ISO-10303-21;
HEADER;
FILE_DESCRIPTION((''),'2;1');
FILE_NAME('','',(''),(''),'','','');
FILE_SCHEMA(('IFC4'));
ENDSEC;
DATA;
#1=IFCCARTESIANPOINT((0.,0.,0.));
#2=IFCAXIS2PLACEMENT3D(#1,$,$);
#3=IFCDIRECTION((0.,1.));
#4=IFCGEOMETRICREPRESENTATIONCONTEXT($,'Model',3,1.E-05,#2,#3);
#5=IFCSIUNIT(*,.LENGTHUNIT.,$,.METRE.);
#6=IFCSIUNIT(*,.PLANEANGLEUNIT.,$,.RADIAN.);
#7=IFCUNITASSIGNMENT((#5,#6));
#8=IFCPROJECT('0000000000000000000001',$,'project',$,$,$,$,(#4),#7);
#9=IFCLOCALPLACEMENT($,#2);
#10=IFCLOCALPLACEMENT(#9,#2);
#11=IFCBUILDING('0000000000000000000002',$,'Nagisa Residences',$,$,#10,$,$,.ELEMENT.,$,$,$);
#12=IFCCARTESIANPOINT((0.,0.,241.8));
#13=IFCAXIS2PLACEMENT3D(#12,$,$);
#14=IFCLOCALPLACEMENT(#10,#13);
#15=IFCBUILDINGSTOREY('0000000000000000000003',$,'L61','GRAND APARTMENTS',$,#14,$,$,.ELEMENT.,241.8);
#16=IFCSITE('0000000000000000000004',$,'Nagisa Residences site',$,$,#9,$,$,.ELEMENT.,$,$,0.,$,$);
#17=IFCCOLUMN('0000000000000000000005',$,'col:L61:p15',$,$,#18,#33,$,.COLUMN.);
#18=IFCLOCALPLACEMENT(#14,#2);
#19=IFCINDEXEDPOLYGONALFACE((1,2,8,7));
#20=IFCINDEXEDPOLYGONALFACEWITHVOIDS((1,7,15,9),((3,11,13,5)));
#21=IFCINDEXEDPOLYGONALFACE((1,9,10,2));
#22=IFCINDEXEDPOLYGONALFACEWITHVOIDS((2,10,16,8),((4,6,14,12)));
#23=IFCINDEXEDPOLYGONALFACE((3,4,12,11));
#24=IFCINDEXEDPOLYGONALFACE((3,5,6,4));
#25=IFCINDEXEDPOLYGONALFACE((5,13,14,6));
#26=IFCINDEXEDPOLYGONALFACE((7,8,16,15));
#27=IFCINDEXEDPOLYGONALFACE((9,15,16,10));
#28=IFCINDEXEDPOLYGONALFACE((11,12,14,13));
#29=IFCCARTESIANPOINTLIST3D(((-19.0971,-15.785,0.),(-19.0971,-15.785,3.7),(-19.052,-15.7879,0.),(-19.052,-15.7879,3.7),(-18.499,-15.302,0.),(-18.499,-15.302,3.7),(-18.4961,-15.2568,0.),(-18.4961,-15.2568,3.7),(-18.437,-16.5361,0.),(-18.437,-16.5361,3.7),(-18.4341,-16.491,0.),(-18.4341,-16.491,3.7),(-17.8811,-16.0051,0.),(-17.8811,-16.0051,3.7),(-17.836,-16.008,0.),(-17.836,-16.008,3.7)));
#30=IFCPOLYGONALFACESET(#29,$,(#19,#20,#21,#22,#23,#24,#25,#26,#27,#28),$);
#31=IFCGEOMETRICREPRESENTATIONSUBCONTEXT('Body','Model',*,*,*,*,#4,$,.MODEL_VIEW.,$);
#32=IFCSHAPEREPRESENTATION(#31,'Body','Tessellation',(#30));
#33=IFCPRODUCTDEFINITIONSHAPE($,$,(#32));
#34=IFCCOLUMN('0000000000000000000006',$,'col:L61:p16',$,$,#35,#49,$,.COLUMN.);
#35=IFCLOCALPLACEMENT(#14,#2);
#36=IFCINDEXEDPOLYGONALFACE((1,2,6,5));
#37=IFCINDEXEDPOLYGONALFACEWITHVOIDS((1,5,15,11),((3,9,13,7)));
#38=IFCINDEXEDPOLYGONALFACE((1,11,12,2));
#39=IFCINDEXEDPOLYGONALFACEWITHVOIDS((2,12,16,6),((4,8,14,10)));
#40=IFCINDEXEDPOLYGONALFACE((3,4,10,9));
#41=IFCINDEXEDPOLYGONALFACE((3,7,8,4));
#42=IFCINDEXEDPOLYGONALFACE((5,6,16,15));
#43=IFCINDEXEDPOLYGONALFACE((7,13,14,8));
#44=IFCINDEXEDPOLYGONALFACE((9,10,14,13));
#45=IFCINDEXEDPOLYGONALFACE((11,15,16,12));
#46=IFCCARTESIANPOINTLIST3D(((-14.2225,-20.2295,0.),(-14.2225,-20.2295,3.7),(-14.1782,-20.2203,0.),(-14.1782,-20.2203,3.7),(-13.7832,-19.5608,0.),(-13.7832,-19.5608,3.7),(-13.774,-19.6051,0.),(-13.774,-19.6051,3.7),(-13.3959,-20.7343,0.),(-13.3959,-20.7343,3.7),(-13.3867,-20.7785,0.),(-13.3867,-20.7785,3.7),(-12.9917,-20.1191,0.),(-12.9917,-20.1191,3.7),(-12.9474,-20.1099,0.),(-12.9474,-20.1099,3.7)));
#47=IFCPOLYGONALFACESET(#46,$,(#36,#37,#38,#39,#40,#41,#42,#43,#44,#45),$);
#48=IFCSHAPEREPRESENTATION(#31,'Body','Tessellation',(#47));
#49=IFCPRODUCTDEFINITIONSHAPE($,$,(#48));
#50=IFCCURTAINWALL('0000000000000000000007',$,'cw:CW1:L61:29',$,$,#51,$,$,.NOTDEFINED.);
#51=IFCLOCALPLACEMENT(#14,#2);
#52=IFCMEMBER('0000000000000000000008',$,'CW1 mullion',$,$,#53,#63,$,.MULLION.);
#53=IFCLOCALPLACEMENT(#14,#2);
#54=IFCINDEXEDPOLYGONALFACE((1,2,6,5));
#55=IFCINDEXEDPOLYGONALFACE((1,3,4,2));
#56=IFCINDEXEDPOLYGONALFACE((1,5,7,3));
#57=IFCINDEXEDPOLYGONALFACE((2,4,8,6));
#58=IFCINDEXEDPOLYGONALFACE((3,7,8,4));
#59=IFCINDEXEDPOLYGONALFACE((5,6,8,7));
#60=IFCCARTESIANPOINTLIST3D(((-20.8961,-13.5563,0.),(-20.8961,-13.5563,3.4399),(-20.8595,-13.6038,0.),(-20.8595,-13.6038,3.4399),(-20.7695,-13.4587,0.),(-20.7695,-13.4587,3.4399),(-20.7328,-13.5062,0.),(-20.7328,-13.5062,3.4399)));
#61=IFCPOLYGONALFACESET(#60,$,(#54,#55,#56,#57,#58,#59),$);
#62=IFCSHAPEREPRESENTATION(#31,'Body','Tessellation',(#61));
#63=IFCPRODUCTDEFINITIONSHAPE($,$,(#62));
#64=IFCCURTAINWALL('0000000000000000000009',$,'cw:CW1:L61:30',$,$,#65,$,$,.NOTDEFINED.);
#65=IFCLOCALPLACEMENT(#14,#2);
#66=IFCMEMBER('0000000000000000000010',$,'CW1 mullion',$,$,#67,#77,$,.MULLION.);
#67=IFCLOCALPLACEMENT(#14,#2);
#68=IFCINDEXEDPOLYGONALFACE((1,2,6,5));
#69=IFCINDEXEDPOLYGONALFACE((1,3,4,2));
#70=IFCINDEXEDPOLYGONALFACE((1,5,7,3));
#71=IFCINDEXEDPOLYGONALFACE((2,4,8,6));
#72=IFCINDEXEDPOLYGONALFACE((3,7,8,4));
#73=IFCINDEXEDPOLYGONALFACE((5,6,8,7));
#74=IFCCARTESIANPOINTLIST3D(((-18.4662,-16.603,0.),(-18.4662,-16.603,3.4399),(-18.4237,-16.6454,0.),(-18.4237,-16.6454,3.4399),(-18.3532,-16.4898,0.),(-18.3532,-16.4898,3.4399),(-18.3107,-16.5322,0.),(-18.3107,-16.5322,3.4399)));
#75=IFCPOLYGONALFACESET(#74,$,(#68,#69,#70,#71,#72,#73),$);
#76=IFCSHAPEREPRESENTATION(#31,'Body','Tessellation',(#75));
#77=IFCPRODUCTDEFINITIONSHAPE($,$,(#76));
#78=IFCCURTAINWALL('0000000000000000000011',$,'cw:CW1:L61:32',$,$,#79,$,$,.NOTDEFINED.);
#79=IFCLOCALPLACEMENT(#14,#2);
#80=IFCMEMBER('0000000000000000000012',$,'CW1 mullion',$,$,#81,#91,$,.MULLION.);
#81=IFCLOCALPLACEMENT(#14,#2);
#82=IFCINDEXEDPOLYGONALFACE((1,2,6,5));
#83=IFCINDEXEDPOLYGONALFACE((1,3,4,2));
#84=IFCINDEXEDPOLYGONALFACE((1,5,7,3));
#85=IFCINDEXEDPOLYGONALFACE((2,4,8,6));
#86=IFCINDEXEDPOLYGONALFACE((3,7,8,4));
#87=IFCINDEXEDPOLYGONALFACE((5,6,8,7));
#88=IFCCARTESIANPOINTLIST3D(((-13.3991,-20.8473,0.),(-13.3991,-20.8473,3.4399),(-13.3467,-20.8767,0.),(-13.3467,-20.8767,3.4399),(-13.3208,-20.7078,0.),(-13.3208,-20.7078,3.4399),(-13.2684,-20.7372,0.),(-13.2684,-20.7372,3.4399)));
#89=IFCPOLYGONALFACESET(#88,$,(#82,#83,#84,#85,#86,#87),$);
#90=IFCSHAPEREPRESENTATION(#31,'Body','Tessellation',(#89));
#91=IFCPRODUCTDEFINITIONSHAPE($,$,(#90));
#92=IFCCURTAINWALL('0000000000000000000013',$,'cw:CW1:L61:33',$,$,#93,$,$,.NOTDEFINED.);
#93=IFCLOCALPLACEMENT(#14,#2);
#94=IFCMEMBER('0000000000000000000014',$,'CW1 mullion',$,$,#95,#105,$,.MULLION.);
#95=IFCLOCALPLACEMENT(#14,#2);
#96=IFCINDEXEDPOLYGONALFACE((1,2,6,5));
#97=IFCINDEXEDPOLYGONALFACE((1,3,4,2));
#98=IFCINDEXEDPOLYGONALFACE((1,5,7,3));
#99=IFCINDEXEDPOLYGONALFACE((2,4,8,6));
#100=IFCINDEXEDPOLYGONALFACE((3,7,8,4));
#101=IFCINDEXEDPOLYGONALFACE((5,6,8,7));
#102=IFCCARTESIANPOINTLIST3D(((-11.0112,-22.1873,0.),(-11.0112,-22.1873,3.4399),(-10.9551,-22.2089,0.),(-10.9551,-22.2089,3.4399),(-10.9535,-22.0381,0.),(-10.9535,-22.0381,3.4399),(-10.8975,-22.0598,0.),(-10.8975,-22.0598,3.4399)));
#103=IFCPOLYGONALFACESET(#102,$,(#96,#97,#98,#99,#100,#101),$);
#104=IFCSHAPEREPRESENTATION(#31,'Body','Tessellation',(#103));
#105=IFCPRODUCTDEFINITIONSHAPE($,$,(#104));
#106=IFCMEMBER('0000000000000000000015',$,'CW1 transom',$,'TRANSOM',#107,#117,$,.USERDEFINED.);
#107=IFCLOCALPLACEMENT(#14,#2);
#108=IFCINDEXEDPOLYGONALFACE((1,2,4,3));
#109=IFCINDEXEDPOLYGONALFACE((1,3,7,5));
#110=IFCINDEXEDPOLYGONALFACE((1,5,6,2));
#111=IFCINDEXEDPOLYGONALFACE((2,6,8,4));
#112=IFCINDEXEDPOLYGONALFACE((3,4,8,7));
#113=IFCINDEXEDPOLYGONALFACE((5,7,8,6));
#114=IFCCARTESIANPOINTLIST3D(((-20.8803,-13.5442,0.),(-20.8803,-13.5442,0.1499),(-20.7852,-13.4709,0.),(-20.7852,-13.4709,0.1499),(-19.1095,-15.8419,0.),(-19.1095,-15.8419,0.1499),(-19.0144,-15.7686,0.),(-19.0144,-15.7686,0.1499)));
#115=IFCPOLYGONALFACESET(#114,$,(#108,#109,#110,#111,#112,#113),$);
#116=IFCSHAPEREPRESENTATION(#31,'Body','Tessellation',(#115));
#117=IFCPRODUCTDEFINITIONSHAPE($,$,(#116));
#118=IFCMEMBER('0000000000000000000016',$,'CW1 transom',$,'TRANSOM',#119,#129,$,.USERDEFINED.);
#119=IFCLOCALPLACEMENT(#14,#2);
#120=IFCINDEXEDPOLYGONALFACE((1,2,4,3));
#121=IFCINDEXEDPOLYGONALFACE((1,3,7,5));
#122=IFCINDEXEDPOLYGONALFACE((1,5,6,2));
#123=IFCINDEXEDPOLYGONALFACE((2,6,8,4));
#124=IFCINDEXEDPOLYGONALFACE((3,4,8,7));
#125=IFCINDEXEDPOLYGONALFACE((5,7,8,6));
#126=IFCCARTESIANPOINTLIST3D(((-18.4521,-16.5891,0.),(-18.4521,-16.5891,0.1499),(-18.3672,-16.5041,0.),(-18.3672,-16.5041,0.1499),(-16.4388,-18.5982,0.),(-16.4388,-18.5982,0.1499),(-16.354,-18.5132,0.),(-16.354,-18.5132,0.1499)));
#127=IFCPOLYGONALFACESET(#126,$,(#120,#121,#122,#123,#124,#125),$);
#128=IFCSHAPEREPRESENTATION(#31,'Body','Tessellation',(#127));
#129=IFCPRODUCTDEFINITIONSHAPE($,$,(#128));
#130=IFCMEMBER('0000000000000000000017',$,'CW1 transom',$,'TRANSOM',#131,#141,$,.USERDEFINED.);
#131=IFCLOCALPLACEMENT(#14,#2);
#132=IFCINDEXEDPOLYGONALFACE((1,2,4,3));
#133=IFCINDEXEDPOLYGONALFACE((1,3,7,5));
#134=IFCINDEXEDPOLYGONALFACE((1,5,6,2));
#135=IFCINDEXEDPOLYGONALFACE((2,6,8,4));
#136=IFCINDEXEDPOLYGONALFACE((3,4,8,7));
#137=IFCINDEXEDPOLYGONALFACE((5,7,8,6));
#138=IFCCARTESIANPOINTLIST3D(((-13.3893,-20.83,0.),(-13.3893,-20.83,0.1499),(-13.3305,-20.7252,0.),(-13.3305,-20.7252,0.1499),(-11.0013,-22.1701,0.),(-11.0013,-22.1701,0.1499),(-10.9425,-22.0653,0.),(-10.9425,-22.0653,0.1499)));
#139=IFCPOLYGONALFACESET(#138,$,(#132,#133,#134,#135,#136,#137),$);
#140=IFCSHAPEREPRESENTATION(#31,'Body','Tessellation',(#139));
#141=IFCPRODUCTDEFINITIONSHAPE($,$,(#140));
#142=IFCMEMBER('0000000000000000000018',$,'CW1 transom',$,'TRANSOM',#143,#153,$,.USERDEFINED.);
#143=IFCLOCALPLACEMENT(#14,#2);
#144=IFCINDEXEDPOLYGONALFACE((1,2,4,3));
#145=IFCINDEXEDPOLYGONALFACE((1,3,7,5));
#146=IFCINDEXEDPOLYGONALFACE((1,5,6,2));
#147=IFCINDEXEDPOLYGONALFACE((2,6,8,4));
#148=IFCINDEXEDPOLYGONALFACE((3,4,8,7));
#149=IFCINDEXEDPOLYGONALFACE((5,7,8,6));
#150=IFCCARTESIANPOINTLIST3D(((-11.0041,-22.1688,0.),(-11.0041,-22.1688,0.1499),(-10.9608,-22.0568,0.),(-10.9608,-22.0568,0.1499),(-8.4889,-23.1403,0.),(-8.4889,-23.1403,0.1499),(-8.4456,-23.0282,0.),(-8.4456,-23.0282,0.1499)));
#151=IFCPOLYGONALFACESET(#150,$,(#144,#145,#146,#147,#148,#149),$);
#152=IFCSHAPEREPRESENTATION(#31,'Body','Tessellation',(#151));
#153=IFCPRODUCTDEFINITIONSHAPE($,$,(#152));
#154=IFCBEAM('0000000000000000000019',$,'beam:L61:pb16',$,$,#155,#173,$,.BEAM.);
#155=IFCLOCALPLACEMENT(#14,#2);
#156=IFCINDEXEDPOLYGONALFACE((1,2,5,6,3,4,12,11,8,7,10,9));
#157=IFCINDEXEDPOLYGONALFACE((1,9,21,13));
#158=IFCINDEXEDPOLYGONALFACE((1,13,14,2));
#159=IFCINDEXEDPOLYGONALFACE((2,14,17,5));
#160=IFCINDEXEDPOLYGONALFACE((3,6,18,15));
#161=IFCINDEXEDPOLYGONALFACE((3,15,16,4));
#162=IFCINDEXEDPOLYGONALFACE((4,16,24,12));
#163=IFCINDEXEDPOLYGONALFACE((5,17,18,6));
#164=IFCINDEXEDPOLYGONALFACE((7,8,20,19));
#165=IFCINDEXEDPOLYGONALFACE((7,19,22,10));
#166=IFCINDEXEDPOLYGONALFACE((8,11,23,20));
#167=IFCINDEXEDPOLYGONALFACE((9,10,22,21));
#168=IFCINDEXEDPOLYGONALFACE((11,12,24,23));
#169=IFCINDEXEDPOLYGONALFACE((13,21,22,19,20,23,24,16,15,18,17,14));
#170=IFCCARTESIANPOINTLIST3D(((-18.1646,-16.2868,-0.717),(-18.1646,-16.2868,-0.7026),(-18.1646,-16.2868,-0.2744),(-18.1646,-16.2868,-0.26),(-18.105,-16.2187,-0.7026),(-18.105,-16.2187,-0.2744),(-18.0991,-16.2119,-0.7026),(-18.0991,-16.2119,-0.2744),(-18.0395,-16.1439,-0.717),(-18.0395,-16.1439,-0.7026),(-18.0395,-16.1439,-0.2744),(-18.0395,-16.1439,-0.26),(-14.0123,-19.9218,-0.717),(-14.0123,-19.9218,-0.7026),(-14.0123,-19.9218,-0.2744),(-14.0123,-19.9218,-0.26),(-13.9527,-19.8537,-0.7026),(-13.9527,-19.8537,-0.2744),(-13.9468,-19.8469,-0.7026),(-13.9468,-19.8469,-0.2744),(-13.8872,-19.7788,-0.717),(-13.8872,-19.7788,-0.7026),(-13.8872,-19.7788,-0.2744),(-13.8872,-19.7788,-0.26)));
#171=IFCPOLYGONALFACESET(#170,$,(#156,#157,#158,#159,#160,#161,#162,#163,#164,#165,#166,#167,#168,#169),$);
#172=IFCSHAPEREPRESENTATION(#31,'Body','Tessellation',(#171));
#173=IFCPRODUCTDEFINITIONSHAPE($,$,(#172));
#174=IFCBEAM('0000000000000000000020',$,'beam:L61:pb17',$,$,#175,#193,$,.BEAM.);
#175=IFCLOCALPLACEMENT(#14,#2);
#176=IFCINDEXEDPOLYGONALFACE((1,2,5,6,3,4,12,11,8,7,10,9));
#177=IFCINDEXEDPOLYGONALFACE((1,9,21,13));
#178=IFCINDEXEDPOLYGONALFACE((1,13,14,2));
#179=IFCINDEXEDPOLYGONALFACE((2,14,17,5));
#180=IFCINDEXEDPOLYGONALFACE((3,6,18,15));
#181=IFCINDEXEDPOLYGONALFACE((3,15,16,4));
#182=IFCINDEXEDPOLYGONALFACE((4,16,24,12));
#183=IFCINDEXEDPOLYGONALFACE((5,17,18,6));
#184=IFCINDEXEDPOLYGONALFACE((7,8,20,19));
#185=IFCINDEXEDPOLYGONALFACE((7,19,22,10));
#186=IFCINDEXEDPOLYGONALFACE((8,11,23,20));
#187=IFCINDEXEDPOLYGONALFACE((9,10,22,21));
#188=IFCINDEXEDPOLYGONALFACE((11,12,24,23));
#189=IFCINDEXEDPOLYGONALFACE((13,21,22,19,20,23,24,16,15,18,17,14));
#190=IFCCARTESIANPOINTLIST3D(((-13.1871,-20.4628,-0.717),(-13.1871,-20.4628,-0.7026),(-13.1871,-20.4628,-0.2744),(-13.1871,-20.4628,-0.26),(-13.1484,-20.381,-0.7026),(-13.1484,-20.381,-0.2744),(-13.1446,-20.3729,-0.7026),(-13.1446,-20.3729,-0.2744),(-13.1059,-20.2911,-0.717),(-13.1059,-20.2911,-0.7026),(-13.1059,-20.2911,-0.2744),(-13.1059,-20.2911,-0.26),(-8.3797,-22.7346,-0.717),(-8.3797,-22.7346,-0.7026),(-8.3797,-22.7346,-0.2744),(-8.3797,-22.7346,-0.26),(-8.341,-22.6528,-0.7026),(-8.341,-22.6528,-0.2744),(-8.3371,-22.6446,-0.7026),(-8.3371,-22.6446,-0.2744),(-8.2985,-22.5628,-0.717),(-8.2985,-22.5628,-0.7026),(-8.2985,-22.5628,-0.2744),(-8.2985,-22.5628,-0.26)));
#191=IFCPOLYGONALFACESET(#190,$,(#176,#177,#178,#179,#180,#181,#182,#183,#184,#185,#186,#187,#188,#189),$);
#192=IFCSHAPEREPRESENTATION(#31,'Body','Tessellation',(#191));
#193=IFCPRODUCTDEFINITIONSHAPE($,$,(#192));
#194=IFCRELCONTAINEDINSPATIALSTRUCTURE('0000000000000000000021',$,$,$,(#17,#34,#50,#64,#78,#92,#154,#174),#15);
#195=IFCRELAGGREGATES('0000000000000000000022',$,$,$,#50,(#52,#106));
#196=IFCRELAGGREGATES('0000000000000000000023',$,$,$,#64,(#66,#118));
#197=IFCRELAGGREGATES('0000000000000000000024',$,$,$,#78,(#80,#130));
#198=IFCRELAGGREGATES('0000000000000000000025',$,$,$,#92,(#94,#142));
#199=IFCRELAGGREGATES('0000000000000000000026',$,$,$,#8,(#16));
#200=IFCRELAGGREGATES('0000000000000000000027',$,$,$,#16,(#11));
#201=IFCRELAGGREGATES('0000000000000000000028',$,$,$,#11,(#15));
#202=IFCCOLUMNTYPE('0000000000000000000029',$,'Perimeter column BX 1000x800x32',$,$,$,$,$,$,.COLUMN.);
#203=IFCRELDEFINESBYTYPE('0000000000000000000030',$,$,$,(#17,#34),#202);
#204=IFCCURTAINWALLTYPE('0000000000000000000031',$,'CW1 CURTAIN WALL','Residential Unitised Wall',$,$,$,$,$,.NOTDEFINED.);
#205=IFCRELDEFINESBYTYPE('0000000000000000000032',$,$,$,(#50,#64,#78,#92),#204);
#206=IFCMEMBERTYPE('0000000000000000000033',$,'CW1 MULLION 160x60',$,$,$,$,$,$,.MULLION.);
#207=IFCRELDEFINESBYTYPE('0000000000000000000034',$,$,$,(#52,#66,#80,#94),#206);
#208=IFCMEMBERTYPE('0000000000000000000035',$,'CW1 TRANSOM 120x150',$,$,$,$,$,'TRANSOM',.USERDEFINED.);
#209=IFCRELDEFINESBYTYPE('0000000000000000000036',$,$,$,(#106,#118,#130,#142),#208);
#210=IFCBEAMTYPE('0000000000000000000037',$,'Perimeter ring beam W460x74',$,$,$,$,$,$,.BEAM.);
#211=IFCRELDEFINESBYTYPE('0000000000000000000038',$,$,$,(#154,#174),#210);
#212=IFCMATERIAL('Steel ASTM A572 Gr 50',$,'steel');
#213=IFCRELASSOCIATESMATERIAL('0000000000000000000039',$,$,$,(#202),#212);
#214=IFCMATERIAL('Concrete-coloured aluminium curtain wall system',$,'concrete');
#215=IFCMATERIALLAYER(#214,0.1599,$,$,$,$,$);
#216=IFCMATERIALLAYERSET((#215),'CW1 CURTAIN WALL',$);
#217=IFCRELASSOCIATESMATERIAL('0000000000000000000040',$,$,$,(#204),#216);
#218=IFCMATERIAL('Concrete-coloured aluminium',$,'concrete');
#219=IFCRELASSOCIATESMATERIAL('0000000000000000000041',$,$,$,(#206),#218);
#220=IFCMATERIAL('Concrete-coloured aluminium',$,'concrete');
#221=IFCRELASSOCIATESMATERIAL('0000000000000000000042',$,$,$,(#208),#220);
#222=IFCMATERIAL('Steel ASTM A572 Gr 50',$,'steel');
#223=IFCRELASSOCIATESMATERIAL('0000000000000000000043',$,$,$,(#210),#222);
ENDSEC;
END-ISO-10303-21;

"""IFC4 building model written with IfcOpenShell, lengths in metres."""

from ifc_helpers import new_model, si_unit, direction, frame, origin, origin_2d, place, context, subcontext, project, spatial, rectangle, hollow_rectangle, i_section, extrude, material, layer, layer_set, material_profile, profile_set, type_object, element, aggregate, save


model = new_model("IFC4")

# Units and contexts
model_context = context("Model", 3, precision=1e-05, world=origin(), true_north=direction((0.0, 1.0)))
body_context = subcontext(model_context, "Body", "Model", "MODEL_VIEW")
ifc_project = project(units=[si_unit("LENGTHUNIT", "METRE"), si_unit("PLANEANGLEUNIT", "RADIAN")], contexts=[model_context])

# Site, building, storey
site_placement = place(None, origin())
site = spatial("IfcSite", under=ifc_project, at=site_placement, Name="Nagisa Residences site", CompositionType="ELEMENT", RefElevation=0.0)
building_placement = place(site_placement, origin())
building = spatial("IfcBuilding", under=site, at=building_placement, Name="Nagisa Residences", CompositionType="ELEMENT")
storey_placement = place(building_placement, frame((0.0, 0.0, 241.8)))
storey = spatial("IfcBuildingStorey", under=building, at=storey_placement, Name="L61", Description="GRAND APARTMENTS", CompositionType="ELEMENT", Elevation=241.8)

# Columns
ifc_material_1 = material(Name="Steel ASTM A572 Gr 50", Category="steel")
ifc_material_profile_1 = material_profile(ifc_material_1, hollow_rectangle(XDim=1.0, YDim=0.8, WallThickness=0.032, at=origin_2d()), Name="BX 1000x800x32")
ifc_profile_set_1 = profile_set([ifc_material_profile_1], Name="Steel ASTM A572 Gr 50")
column_type = type_object("IfcColumnType", Name="Perimeter column BX 1000x800x32", PredefinedType="COLUMN", material=ifc_profile_set_1)
for number, where, z_axis, x_axis, name in (
    (1, (-18.4666, -15.8965, 0.0), (0.0, 0.0, 1.0), (0.660115, -0.751165, 0.0), "col:L61:p15"),
    (2, (-13.585, -20.1697, 0.0), (0.0, 0.0, 1.0), (0.835766, -0.549086, 0.0), "col:L61:p16"),
):
    element("IfcColumn", number, at=place(storey_placement, frame(where, z_axis=z_axis, x_axis=x_axis)), inside=storey, type_object=column_type, Name=name, PredefinedType="COLUMN", context=body_context, shape_type="SweptSolid", body=[
        extrude(hollow_rectangle(XDim=1.0, YDim=0.8, WallThickness=0.032, at=origin_2d()), origin(), (0.0, 0.0, 1.0), 3.7),
    ])

# Curtain walls, members
ifc_material_2 = material(Name="Concrete-coloured aluminium curtain wall system", Category="concrete")
ifc_layer_1 = layer(ifc_material_2, 0.1599)
ifc_layer_set_1 = layer_set([ifc_layer_1], Name="CW1 CURTAIN WALL")
curtain_wall_type = type_object("IfcCurtainWallType", Name="CW1 CURTAIN WALL", Description="Residential Unitised Wall", PredefinedType="NOTDEFINED", material=ifc_layer_set_1)
curtain_wall_1_placement = place(storey_placement, origin())
curtain_wall_1 = element("IfcCurtainWall", 3, at=curtain_wall_1_placement, inside=storey, type_object=curtain_wall_type, Name="cw:CW1:L61:29", PredefinedType="NOTDEFINED")
ifc_material_3 = material(Name="Concrete-coloured aluminium", Category="concrete")
ifc_material_profile_2 = material_profile(ifc_material_3, rectangle(XDim=0.1599, YDim=0.0601, at=origin_2d()), Name="CW1 MULLION 160x60")
ifc_profile_set_2 = profile_set([ifc_material_profile_2], Name="Concrete-coloured aluminium")
member_type_1 = type_object("IfcMemberType", Name="CW1 MULLION 160x60", PredefinedType="MULLION", material=ifc_profile_set_2)
member_1_placement = place(storey_placement, frame((-20.8145, -13.5312, 0.0), z_axis=(0.0, 0.0, 1.0), x_axis=(0.79207, 0.61043, 0.0)))
member_1 = element("IfcMember", 4, at=member_1_placement, type_object=member_type_1, Name="CW1 mullion", PredefinedType="MULLION", context=body_context, shape_type="SweptSolid", body=[
    extrude(rectangle(XDim=0.1599, YDim=0.0601, at=origin_2d()), origin(), (0.0, 0.0, 1.0), 3.4399),
])
curtain_wall_2_placement = place(storey_placement, origin())
curtain_wall_2 = element("IfcCurtainWall", 5, at=curtain_wall_2_placement, inside=storey, type_object=curtain_wall_type, Name="cw:CW1:L61:30", PredefinedType="NOTDEFINED")
member_2_placement = place(storey_placement, frame((-18.3884, -16.5676, 0.0), z_axis=(0.0, 0.0, 1.0), x_axis=(0.706377, 0.707836, 0.0)))
member_2 = element("IfcMember", 6, at=member_2_placement, type_object=member_type_1, Name="CW1 mullion", PredefinedType="MULLION", context=body_context, shape_type="SweptSolid", body=[
    extrude(rectangle(XDim=0.1599, YDim=0.0601, at=origin_2d()), origin(), (0.0, 0.0, 1.0), 3.4399),
])
curtain_wall_3_placement = place(storey_placement, origin())
curtain_wall_3 = element("IfcCurtainWall", 7, at=curtain_wall_3_placement, inside=storey, type_object=curtain_wall_type, Name="cw:CW1:L61:32", PredefinedType="NOTDEFINED")
member_3_placement = place(storey_placement, frame((-13.3337, -20.7922, 0.0), z_axis=(0.0, 0.0, 1.0), x_axis=(0.489377, 0.872072, 0.0)))
member_3 = element("IfcMember", 8, at=member_3_placement, type_object=member_type_1, Name="CW1 mullion", PredefinedType="MULLION", context=body_context, shape_type="SweptSolid", body=[
    extrude(rectangle(XDim=0.1599, YDim=0.0601, at=origin_2d()), origin(), (0.0, 0.0, 1.0), 3.4399),
])
curtain_wall_4_placement = place(storey_placement, origin())
curtain_wall_4 = element("IfcCurtainWall", 9, at=curtain_wall_4_placement, inside=storey, type_object=curtain_wall_type, Name="cw:CW1:L61:33", PredefinedType="NOTDEFINED")
member_4_placement = place(storey_placement, frame((-10.9543, -22.1235, 0.0), z_axis=(0.0, 0.0, 1.0), x_axis=(0.360328, 0.932826, 0.0)))
member_4 = element("IfcMember", 10, at=member_4_placement, type_object=member_type_1, Name="CW1 mullion", PredefinedType="MULLION", context=body_context, shape_type="SweptSolid", body=[
    extrude(rectangle(XDim=0.1599, YDim=0.0601, at=origin_2d()), origin(), (0.0, 0.0, 1.0), 3.4399),
])

# Members
ifc_material_4 = material(Name="Concrete-coloured aluminium", Category="concrete")
ifc_material_profile_3 = material_profile(ifc_material_4, rectangle(XDim=0.1201, YDim=0.1499, at=origin_2d()), Name="CW1 TRANSOM 120x150")
ifc_profile_set_3 = profile_set([ifc_material_profile_3], Name="Concrete-coloured aluminium")
member_type_2 = type_object("IfcMemberType", Name="CW1 TRANSOM 120x150", ElementType="TRANSOM", PredefinedType="USERDEFINED", material=ifc_profile_set_3)
member_5_placement = place(storey_placement, frame((-20.8328, -13.5076, 0.075), z_axis=(0.610439, -0.792064, 0.0), x_axis=(0.792064, 0.610439, 0.0)))
member_5 = element("IfcMember", 11, at=member_5_placement, type_object=member_type_2, Name="CW1 transom", ObjectType="TRANSOM", PredefinedType="USERDEFINED", context=body_context, shape_type="SweptSolid", body=[
    extrude(rectangle(XDim=0.1201, YDim=0.1499, at=origin_2d()), origin(), (0.0, 0.0, 1.0), 2.9009),
])
member_6_placement = place(storey_placement, frame((-18.4097, -16.5466, 0.075), z_axis=(0.707836, -0.706377, 0.0), x_axis=(0.706377, 0.707836, 0.0)))
member_6 = element("IfcMember", 12, at=member_6_placement, type_object=member_type_2, Name="CW1 transom", ObjectType="TRANSOM", PredefinedType="USERDEFINED", context=body_context, shape_type="SweptSolid", body=[
    extrude(rectangle(XDim=0.1201, YDim=0.1499, at=origin_2d()), origin(), (0.0, 0.0, 1.0), 2.8442),
])
member_7_placement = place(storey_placement, frame((-13.3599, -20.7776, 0.075), z_axis=(0.872063, -0.489393, 0.0), x_axis=(0.489393, 0.872063, 0.0)))
member_7 = element("IfcMember", 13, at=member_7_placement, type_object=member_type_2, Name="CW1 transom", ObjectType="TRANSOM", PredefinedType="USERDEFINED", context=body_context, shape_type="SweptSolid", body=[
    extrude(rectangle(XDim=0.1201, YDim=0.1499, at=origin_2d()), origin(), (0.0, 0.0, 1.0), 2.7383),
])
member_8_placement = place(storey_placement, frame((-10.9824, -22.1128, 0.075), z_axis=(0.932838, -0.360295, 0.0), x_axis=(0.360295, 0.932838, 0.0)))
member_8 = element("IfcMember", 14, at=member_8_placement, type_object=member_type_2, Name="CW1 transom", ObjectType="TRANSOM", PredefinedType="USERDEFINED", context=body_context, shape_type="SweptSolid", body=[
    extrude(rectangle(XDim=0.1201, YDim=0.1499, at=origin_2d()), origin(), (0.0, 0.0, 1.0), 2.6963),
])

# Beams
ifc_material_5 = material(Name="Steel ASTM A572 Gr 50", Category="steel")
ifc_material_profile_4 = material_profile(ifc_material_5, i_section(OverallWidth=0.1899, OverallDepth=0.457, WebThickness=0.009, FlangeThickness=0.0144, at=origin_2d()), Name="W460x74")
ifc_profile_set_4 = profile_set([ifc_material_profile_4], Name="Steel ASTM A572 Gr 50")
beam_type_1 = type_object("IfcBeamType", Name="Perimeter ring beam W460x74", PredefinedType="BEAM", material=ifc_profile_set_4)
beam_1_placement = place(storey_placement, frame((-18.1021, -16.2153, -0.4885), z_axis=(0.752423, -0.65868, 0.0), x_axis=(0.65868, 0.752423, 0.0)))
element("IfcBeam", 15, at=beam_1_placement, inside=storey, type_object=beam_type_1, Name="beam:L61:pb16", PredefinedType="BEAM", context=body_context, shape_type="SweptSolid", body=[
    extrude(i_section(OverallWidth=0.1899, OverallDepth=0.457, WebThickness=0.009, FlangeThickness=0.0144, at=origin_2d()), origin(), (0.0, 0.0, 1.0), 5.5186),
])
beam_2_placement = place(storey_placement, frame((-13.1465, -20.377, -0.4885), z_axis=(0.904134, -0.427249, 0.0), x_axis=(0.427249, 0.904134, 0.0)))
element("IfcBeam", 16, at=beam_2_placement, inside=storey, type_object=beam_type_1, Name="beam:L61:pb17", PredefinedType="BEAM", context=body_context, shape_type="SweptSolid", body=[
    extrude(i_section(OverallWidth=0.1899, OverallDepth=0.457, WebThickness=0.009, FlangeThickness=0.0144, at=origin_2d()), origin(), (0.0, 0.0, 1.0), 5.3171),
])

aggregate(curtain_wall_1, [member_1, member_5])
aggregate(curtain_wall_2, [member_2, member_6])
aggregate(curtain_wall_3, [member_3, member_7])
aggregate(curtain_wall_4, [member_4, member_8])

save(model, "model.ifc")
